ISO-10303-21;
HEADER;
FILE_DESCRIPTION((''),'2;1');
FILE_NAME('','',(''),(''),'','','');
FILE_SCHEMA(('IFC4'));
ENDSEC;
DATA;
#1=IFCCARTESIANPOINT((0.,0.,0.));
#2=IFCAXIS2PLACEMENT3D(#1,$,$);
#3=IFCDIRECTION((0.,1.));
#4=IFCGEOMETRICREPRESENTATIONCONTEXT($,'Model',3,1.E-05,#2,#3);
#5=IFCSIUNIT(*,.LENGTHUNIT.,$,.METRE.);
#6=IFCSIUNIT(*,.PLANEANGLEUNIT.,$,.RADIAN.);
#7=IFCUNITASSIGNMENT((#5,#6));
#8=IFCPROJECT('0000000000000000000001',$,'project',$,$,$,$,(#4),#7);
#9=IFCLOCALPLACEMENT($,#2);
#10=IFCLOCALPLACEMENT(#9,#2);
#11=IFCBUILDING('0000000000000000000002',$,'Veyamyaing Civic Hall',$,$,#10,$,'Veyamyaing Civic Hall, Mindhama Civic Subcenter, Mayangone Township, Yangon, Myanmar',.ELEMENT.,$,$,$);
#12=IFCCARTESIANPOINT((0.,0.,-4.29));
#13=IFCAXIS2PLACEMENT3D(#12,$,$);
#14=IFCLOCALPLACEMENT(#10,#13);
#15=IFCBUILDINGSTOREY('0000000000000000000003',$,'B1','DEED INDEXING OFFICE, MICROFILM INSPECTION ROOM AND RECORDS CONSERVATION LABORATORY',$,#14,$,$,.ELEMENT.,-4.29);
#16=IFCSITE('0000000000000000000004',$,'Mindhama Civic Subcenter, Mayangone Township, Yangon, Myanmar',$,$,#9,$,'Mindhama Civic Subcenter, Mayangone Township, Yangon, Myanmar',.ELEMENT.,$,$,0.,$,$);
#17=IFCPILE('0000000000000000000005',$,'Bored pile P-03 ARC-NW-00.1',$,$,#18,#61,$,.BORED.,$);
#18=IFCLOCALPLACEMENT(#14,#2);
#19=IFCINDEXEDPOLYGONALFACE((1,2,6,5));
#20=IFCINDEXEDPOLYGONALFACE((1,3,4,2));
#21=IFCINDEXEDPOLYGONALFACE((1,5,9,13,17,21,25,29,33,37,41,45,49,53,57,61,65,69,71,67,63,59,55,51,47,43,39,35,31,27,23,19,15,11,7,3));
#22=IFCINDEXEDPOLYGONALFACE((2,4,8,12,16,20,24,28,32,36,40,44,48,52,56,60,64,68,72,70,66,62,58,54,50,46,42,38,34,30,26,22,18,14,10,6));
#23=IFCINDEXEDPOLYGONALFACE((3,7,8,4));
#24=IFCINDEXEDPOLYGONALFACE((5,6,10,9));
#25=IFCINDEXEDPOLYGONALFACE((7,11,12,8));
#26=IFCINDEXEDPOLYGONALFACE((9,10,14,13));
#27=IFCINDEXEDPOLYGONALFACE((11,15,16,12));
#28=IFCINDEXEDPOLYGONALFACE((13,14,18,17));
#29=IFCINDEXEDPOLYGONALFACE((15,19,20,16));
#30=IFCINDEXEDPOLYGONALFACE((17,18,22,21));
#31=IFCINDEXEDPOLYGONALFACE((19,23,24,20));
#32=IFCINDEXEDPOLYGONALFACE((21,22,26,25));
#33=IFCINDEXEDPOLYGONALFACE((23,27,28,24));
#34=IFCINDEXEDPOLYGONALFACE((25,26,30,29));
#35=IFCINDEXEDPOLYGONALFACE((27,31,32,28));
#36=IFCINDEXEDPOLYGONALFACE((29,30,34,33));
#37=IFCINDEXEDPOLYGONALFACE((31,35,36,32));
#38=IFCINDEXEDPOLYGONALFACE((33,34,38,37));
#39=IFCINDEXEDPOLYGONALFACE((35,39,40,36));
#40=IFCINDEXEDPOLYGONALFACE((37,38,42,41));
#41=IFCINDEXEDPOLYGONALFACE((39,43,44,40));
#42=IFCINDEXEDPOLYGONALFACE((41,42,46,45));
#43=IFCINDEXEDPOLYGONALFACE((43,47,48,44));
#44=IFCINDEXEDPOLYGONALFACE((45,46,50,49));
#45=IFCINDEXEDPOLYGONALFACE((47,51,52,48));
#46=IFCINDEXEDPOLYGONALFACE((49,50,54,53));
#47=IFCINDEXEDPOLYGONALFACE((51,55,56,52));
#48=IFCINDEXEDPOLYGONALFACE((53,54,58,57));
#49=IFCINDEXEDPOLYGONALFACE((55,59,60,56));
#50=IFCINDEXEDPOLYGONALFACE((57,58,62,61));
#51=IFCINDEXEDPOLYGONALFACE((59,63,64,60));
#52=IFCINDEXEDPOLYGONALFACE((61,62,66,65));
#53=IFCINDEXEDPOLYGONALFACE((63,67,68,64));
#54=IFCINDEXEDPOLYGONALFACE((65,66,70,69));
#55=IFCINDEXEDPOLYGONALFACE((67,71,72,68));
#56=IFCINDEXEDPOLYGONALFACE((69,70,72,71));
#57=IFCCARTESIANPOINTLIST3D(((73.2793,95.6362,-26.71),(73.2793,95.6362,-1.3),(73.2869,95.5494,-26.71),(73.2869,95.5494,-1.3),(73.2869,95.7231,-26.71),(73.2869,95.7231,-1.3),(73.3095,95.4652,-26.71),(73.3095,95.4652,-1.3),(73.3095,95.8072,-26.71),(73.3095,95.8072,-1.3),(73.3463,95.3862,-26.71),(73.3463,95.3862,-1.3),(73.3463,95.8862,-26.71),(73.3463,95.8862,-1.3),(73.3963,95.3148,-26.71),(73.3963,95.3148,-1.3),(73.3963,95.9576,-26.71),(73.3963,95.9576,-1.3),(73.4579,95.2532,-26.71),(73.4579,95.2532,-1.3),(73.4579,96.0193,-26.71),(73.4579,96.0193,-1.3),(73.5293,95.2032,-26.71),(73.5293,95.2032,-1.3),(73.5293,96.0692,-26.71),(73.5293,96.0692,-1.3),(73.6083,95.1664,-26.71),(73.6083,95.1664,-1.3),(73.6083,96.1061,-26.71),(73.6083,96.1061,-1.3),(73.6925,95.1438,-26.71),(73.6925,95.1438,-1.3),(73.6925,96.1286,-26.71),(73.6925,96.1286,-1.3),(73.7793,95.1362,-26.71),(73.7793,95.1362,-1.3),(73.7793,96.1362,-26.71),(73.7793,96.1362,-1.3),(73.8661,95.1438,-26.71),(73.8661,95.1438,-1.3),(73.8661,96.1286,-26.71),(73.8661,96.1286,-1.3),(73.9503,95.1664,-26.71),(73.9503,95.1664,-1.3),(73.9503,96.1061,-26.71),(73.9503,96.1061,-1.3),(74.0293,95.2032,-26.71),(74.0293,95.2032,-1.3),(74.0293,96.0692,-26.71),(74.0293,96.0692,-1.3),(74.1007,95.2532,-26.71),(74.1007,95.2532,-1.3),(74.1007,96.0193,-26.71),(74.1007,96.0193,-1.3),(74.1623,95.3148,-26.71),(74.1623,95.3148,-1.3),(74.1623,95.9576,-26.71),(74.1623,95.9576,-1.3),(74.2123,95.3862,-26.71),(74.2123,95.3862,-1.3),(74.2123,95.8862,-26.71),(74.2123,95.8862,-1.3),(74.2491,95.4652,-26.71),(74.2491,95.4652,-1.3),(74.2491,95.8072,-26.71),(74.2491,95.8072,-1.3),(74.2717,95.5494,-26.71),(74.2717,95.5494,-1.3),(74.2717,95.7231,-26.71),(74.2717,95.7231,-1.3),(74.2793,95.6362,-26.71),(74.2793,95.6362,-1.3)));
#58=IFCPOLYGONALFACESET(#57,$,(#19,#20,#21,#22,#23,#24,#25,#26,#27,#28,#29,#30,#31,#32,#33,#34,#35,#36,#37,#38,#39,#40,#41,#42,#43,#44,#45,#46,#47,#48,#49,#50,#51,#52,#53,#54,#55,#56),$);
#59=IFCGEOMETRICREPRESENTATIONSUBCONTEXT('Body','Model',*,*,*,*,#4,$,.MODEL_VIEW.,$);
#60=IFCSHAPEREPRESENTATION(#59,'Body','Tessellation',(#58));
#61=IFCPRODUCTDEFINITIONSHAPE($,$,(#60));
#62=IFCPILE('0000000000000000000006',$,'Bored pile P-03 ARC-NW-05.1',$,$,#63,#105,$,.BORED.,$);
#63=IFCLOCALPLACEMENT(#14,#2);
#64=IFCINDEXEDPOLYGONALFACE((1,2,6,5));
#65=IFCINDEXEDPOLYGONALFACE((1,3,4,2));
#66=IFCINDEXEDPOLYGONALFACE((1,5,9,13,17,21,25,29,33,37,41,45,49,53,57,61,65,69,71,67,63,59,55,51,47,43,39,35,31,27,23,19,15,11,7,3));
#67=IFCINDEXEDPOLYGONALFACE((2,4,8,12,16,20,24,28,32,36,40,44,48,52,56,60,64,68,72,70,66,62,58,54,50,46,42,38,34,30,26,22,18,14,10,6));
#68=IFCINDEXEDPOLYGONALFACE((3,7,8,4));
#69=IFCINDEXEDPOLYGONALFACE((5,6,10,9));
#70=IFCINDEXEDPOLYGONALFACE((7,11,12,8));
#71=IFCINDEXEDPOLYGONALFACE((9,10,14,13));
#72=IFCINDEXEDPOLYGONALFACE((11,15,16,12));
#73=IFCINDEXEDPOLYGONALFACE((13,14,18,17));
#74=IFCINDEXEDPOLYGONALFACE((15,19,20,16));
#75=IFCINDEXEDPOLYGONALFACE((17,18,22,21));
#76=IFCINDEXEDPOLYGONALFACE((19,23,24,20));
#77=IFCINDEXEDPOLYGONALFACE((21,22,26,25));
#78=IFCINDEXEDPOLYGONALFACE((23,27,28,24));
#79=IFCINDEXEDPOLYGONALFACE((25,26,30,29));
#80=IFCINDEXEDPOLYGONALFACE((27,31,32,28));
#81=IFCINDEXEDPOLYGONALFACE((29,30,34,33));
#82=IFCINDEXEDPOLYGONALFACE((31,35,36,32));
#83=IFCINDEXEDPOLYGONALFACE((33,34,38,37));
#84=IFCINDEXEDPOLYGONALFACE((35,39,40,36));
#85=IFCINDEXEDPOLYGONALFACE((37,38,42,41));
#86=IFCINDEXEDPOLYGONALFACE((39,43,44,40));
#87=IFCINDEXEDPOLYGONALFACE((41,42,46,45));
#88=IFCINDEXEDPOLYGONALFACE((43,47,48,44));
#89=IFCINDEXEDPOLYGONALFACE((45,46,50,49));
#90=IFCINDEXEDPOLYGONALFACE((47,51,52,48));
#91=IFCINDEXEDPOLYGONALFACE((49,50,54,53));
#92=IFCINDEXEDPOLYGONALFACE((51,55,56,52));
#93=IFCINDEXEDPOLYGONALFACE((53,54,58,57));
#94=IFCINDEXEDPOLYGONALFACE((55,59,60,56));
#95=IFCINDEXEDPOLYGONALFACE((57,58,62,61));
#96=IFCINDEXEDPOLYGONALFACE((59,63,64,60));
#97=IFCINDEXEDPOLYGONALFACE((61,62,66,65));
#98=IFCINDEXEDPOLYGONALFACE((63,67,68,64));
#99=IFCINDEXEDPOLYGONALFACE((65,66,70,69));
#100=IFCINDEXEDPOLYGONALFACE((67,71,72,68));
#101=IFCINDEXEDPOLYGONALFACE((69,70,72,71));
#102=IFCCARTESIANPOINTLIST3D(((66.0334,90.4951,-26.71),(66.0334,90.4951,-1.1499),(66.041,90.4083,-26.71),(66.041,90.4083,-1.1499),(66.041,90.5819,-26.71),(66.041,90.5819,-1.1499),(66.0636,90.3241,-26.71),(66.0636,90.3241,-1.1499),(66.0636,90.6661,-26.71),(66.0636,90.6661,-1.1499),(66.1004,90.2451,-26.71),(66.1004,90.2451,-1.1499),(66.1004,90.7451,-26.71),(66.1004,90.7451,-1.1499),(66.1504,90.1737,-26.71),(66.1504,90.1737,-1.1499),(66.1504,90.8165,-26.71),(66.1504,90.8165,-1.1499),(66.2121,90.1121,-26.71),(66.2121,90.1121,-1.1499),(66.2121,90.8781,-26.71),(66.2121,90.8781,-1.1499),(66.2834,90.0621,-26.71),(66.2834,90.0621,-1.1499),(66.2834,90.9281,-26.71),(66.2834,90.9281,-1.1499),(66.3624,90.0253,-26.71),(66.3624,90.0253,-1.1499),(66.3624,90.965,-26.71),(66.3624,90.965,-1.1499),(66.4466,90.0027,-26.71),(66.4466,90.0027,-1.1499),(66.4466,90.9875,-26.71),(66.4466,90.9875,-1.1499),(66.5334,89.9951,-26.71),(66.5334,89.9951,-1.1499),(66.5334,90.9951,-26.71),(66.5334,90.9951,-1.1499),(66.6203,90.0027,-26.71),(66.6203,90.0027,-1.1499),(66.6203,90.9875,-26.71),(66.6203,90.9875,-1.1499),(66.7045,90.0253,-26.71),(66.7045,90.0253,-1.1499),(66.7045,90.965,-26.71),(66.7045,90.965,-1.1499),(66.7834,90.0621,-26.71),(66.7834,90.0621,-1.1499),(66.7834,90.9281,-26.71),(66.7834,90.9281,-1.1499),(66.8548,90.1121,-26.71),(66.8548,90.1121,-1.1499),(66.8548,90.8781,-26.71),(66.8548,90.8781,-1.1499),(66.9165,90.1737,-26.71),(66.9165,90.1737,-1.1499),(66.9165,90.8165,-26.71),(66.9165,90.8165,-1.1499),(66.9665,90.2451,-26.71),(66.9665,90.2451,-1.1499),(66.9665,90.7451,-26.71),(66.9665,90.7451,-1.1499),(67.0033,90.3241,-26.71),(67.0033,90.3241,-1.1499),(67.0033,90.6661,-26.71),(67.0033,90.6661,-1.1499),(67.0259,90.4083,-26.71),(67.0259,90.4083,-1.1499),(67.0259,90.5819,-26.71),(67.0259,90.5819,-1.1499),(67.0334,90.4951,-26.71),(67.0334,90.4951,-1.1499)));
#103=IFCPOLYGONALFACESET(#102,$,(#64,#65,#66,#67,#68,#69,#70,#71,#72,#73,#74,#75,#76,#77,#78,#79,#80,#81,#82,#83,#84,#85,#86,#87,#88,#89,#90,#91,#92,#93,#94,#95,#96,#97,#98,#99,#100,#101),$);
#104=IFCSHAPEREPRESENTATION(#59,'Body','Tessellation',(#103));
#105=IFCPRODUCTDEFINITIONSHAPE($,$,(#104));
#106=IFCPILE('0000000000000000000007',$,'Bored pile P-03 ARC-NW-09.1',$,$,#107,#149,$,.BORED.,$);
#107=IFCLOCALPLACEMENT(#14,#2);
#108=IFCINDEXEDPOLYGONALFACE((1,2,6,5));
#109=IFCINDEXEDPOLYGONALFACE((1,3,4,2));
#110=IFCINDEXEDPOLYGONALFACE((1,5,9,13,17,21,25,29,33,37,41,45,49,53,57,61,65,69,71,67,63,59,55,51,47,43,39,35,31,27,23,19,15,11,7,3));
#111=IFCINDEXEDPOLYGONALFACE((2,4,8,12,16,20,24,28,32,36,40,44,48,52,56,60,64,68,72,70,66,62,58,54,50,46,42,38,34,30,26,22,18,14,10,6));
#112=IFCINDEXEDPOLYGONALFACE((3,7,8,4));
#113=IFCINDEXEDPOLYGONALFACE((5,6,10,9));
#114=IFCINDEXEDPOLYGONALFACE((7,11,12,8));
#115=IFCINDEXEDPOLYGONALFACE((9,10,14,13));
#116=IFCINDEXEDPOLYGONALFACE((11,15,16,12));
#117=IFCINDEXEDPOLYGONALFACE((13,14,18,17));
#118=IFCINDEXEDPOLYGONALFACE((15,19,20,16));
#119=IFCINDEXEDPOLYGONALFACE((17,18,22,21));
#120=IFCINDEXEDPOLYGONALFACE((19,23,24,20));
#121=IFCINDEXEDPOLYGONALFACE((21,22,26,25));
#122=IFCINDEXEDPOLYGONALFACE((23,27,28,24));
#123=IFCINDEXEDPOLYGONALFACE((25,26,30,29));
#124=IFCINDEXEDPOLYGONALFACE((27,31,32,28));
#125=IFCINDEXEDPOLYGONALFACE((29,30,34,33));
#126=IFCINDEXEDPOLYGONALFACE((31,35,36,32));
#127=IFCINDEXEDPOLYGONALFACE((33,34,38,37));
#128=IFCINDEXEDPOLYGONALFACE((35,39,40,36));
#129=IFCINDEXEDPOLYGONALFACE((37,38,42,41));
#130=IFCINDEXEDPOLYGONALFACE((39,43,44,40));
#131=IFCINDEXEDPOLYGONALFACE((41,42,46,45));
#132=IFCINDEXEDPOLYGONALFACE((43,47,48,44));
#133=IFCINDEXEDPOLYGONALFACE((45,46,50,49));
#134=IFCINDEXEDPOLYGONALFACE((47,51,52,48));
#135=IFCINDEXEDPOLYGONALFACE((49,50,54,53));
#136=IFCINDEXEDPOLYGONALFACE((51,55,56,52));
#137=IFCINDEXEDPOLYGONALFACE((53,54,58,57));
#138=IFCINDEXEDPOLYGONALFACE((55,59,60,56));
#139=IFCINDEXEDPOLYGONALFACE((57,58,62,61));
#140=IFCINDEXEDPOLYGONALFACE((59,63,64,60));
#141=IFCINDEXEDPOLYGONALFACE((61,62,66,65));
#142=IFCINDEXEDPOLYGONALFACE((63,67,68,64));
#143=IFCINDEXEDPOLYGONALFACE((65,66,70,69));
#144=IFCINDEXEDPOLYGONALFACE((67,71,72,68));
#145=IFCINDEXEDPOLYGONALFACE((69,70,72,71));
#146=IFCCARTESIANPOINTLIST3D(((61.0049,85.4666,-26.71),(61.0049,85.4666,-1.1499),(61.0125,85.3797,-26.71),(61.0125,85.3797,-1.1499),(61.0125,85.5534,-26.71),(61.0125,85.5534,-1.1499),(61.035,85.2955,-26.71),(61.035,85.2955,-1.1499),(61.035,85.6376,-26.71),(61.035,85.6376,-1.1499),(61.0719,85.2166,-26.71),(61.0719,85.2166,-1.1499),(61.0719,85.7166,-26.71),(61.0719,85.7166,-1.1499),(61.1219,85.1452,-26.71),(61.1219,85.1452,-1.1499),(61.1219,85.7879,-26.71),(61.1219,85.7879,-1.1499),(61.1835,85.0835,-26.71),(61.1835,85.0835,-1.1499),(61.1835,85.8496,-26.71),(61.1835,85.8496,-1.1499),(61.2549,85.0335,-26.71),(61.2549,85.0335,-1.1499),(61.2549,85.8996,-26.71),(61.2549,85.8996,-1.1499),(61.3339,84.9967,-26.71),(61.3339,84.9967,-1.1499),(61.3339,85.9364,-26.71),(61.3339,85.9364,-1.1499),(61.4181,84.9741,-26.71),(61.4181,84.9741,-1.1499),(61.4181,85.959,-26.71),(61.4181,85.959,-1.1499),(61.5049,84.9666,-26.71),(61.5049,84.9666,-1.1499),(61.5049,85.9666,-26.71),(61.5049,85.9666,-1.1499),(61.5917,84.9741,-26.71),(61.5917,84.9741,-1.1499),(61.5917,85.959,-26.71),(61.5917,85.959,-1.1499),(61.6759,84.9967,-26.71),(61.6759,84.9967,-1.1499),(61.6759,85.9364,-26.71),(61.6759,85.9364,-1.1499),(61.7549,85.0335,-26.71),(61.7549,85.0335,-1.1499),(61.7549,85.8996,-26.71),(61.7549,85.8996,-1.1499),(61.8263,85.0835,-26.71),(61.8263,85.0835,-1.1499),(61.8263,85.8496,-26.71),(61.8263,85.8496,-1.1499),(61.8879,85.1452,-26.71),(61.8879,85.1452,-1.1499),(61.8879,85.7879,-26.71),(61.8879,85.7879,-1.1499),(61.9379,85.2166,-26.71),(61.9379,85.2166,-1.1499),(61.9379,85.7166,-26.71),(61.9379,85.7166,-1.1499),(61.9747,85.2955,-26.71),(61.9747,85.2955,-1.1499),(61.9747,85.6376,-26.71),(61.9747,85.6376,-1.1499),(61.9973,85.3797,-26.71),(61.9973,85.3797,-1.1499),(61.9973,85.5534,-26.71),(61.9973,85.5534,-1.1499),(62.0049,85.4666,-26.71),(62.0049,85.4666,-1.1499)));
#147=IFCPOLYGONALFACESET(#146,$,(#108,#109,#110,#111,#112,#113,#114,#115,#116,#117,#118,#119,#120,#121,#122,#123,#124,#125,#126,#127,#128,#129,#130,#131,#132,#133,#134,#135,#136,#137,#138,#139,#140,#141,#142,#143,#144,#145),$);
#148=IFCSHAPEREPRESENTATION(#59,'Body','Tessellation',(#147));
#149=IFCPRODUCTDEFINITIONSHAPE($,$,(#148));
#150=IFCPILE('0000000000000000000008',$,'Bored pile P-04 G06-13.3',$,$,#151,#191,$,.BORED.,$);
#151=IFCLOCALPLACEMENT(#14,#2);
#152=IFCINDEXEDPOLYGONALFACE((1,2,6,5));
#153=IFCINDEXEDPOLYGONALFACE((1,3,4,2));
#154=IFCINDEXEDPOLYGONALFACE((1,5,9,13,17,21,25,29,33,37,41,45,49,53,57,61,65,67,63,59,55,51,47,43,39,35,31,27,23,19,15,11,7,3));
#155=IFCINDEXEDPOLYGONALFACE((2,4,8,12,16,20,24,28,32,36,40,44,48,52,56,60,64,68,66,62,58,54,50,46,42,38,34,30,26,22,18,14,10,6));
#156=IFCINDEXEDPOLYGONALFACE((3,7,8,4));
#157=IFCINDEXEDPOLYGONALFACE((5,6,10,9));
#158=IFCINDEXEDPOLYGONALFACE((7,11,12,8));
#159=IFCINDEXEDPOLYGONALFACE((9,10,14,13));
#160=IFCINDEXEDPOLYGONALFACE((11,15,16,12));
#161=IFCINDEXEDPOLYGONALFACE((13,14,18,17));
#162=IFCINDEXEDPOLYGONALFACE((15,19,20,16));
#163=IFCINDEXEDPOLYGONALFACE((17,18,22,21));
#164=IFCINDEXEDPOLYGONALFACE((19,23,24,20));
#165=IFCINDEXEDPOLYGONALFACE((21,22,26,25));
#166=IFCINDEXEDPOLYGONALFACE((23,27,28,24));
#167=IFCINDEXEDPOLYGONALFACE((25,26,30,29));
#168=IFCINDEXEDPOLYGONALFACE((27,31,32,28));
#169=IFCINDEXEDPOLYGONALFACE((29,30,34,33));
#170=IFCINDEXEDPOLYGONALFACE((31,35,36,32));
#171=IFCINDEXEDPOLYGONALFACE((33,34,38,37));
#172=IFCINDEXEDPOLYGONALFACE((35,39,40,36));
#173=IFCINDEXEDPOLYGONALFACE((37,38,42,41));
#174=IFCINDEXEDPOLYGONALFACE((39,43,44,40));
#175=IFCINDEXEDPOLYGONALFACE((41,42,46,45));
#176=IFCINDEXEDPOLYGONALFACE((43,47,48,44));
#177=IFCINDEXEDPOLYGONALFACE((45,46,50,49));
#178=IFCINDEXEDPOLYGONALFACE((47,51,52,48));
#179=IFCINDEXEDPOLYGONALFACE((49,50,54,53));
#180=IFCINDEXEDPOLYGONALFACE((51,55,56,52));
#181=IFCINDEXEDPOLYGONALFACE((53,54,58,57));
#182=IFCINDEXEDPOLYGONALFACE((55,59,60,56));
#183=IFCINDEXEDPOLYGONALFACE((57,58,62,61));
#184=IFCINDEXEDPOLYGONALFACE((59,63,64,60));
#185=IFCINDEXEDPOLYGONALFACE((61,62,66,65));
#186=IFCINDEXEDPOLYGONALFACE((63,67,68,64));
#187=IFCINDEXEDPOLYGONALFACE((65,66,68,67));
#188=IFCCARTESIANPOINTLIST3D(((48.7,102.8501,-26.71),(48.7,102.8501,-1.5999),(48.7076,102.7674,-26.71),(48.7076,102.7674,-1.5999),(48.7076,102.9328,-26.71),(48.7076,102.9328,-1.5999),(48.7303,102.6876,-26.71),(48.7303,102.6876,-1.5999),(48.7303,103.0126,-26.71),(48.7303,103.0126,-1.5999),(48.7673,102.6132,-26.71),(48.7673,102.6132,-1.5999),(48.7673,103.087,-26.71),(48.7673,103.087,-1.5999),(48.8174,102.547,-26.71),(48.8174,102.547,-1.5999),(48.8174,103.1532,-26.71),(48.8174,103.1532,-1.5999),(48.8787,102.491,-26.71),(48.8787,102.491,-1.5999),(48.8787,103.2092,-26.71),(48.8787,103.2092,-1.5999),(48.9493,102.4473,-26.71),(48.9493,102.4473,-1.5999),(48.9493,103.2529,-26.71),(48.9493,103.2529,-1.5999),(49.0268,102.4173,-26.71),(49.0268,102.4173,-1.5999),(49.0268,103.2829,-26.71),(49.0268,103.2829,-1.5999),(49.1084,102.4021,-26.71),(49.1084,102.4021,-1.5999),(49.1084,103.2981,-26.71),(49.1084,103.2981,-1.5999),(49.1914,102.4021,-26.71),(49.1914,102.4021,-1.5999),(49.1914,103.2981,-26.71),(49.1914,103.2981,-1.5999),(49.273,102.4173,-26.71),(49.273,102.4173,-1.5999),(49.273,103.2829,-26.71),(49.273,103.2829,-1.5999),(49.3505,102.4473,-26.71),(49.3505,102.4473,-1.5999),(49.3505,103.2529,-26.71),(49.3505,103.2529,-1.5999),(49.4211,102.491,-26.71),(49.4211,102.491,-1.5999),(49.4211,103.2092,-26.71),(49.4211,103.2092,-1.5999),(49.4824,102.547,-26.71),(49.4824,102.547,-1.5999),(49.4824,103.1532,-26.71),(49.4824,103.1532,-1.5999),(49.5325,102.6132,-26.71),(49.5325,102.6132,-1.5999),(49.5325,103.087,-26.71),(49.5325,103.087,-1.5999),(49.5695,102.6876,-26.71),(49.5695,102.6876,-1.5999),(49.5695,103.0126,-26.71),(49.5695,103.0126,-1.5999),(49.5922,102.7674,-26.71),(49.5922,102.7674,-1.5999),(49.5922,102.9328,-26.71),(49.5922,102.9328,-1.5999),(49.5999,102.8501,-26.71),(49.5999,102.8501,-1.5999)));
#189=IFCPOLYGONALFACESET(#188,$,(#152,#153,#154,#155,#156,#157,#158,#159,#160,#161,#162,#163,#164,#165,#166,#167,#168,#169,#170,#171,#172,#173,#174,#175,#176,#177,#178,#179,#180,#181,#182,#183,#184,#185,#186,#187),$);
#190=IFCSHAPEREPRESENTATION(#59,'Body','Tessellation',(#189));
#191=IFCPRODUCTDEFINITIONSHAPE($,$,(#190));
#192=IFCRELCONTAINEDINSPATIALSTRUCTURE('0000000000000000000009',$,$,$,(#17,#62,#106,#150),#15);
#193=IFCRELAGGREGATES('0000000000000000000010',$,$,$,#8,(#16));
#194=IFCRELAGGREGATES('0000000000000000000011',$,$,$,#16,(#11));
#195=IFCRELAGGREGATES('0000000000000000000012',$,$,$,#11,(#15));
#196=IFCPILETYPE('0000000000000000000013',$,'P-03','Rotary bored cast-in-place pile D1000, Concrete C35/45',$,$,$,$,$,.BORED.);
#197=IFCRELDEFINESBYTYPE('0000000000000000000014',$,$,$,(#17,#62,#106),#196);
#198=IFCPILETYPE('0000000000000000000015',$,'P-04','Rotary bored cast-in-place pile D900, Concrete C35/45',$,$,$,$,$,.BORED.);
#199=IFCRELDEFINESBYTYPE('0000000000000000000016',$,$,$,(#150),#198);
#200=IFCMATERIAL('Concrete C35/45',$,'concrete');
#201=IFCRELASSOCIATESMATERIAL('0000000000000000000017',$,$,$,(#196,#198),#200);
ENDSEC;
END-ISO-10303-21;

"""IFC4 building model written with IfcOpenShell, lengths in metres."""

from ifc_helpers import new_model, si_unit, direction, frame, origin, origin_2d, place, context, subcontext, project, spatial, circle, extrude, material, material_profile, profile_set, type_object, element, save


model = new_model("IFC4")

# Units and contexts
model_context = context("Model", 3, precision=1e-05, world=origin(), true_north=direction((0.0, 1.0)))
body_context = subcontext(model_context, "Body", "Model", "MODEL_VIEW")
ifc_project = project(units=[si_unit("LENGTHUNIT", "METRE"), si_unit("PLANEANGLEUNIT", "RADIAN")], contexts=[model_context])

# Site, building, storey
site_placement = place(None, origin())
site = spatial("IfcSite", under=ifc_project, at=site_placement, Name="Mindhama Civic Subcenter, Mayangone Township, Yangon, Myanmar", LongName="Mindhama Civic Subcenter, Mayangone Township, Yangon, Myanmar", CompositionType="ELEMENT", RefElevation=0.0)
building_placement = place(site_placement, origin())
building = spatial("IfcBuilding", under=site, at=building_placement, Name="Veyamyaing Civic Hall", LongName="Veyamyaing Civic Hall, Mindhama Civic Subcenter, Mayangone Township, Yangon, Myanmar", CompositionType="ELEMENT")
storey_placement = place(building_placement, frame((0.0, 0.0, -4.29)))
storey = spatial("IfcBuildingStorey", under=building, at=storey_placement, Name="B1", Description="DEED INDEXING OFFICE, MICROFILM INSPECTION ROOM AND RECORDS CONSERVATION LABORATORY", CompositionType="ELEMENT", Elevation=-4.29)

# Piles
ifc_material_1 = material(Name="Concrete C35/45", Category="concrete")
ifc_material_profile_1 = material_profile(ifc_material_1, circle(Radius=0.5, at=origin_2d()), Name="PILE-D1000")
ifc_profile_set_1 = profile_set([ifc_material_profile_1], Name="Concrete C35/45")
pile_type_1 = type_object("IfcPileType", Name="P-03", Description="Rotary bored cast-in-place pile D1000, Concrete C35/45", PredefinedType="BORED", material=ifc_profile_set_1)
pile_1_placement = place(storey_placement, frame((73.7793, 95.6362, -1.3), z_axis=(0.0, 0.0, -1.0), x_axis=(1.0, 0.0, 0.0)))
element("IfcPile", 1, at=pile_1_placement, inside=storey, type_object=pile_type_1, Name="Bored pile P-03 ARC-NW-00.1", PredefinedType="BORED", context=body_context, shape_type="SweptSolid", body=[
    extrude(circle(Radius=0.5, at=origin_2d()), origin(), (0.0, 0.0, 1.0), 25.4099),
])
for number, where, z_axis, x_axis, name in (
    (2, (66.5334, 90.4951, -1.1499), (0.0, 0.0, -1.0), (1.0, 0.0, 0.0), "Bored pile P-03 ARC-NW-05.1"),
    (3, (61.5049, 85.4666, -1.1499), (0.0, 0.0, -1.0), (1.0, 0.0, 0.0), "Bored pile P-03 ARC-NW-09.1"),
):
    element("IfcPile", number, at=place(storey_placement, frame(where, z_axis=z_axis, x_axis=x_axis)), inside=storey, type_object=pile_type_1, Name=name, PredefinedType="BORED", context=body_context, shape_type="SweptSolid", body=[
        extrude(circle(Radius=0.5, at=origin_2d()), origin(), (0.0, 0.0, 1.0), 25.5601),
    ])
ifc_material_profile_2 = material_profile(ifc_material_1, circle(Radius=0.45, at=origin_2d()), Name="PILE-D900")
ifc_profile_set_2 = profile_set([ifc_material_profile_2], Name="Concrete C35/45")
pile_type_2 = type_object("IfcPileType", Name="P-04", Description="Rotary bored cast-in-place pile D900, Concrete C35/45", PredefinedType="BORED", material=ifc_profile_set_2)
for number, where, z_axis, x_axis, name in (
    (4, (49.1499, 102.8501, -1.5999), (0.0, 0.0, -1.0), (1.0, 0.0, 0.0), "Bored pile P-04 G06-13.3"),
):
    element("IfcPile", number, at=place(storey_placement, frame(where, z_axis=z_axis, x_axis=x_axis)), inside=storey, type_object=pile_type_2, Name=name, PredefinedType="BORED", context=body_context, shape_type="SweptSolid", body=[
        extrude(circle(Radius=0.45, at=origin_2d()), origin(), (0.0, 0.0, 1.0), 25.1101),
    ])

save(model, "model.ifc")
